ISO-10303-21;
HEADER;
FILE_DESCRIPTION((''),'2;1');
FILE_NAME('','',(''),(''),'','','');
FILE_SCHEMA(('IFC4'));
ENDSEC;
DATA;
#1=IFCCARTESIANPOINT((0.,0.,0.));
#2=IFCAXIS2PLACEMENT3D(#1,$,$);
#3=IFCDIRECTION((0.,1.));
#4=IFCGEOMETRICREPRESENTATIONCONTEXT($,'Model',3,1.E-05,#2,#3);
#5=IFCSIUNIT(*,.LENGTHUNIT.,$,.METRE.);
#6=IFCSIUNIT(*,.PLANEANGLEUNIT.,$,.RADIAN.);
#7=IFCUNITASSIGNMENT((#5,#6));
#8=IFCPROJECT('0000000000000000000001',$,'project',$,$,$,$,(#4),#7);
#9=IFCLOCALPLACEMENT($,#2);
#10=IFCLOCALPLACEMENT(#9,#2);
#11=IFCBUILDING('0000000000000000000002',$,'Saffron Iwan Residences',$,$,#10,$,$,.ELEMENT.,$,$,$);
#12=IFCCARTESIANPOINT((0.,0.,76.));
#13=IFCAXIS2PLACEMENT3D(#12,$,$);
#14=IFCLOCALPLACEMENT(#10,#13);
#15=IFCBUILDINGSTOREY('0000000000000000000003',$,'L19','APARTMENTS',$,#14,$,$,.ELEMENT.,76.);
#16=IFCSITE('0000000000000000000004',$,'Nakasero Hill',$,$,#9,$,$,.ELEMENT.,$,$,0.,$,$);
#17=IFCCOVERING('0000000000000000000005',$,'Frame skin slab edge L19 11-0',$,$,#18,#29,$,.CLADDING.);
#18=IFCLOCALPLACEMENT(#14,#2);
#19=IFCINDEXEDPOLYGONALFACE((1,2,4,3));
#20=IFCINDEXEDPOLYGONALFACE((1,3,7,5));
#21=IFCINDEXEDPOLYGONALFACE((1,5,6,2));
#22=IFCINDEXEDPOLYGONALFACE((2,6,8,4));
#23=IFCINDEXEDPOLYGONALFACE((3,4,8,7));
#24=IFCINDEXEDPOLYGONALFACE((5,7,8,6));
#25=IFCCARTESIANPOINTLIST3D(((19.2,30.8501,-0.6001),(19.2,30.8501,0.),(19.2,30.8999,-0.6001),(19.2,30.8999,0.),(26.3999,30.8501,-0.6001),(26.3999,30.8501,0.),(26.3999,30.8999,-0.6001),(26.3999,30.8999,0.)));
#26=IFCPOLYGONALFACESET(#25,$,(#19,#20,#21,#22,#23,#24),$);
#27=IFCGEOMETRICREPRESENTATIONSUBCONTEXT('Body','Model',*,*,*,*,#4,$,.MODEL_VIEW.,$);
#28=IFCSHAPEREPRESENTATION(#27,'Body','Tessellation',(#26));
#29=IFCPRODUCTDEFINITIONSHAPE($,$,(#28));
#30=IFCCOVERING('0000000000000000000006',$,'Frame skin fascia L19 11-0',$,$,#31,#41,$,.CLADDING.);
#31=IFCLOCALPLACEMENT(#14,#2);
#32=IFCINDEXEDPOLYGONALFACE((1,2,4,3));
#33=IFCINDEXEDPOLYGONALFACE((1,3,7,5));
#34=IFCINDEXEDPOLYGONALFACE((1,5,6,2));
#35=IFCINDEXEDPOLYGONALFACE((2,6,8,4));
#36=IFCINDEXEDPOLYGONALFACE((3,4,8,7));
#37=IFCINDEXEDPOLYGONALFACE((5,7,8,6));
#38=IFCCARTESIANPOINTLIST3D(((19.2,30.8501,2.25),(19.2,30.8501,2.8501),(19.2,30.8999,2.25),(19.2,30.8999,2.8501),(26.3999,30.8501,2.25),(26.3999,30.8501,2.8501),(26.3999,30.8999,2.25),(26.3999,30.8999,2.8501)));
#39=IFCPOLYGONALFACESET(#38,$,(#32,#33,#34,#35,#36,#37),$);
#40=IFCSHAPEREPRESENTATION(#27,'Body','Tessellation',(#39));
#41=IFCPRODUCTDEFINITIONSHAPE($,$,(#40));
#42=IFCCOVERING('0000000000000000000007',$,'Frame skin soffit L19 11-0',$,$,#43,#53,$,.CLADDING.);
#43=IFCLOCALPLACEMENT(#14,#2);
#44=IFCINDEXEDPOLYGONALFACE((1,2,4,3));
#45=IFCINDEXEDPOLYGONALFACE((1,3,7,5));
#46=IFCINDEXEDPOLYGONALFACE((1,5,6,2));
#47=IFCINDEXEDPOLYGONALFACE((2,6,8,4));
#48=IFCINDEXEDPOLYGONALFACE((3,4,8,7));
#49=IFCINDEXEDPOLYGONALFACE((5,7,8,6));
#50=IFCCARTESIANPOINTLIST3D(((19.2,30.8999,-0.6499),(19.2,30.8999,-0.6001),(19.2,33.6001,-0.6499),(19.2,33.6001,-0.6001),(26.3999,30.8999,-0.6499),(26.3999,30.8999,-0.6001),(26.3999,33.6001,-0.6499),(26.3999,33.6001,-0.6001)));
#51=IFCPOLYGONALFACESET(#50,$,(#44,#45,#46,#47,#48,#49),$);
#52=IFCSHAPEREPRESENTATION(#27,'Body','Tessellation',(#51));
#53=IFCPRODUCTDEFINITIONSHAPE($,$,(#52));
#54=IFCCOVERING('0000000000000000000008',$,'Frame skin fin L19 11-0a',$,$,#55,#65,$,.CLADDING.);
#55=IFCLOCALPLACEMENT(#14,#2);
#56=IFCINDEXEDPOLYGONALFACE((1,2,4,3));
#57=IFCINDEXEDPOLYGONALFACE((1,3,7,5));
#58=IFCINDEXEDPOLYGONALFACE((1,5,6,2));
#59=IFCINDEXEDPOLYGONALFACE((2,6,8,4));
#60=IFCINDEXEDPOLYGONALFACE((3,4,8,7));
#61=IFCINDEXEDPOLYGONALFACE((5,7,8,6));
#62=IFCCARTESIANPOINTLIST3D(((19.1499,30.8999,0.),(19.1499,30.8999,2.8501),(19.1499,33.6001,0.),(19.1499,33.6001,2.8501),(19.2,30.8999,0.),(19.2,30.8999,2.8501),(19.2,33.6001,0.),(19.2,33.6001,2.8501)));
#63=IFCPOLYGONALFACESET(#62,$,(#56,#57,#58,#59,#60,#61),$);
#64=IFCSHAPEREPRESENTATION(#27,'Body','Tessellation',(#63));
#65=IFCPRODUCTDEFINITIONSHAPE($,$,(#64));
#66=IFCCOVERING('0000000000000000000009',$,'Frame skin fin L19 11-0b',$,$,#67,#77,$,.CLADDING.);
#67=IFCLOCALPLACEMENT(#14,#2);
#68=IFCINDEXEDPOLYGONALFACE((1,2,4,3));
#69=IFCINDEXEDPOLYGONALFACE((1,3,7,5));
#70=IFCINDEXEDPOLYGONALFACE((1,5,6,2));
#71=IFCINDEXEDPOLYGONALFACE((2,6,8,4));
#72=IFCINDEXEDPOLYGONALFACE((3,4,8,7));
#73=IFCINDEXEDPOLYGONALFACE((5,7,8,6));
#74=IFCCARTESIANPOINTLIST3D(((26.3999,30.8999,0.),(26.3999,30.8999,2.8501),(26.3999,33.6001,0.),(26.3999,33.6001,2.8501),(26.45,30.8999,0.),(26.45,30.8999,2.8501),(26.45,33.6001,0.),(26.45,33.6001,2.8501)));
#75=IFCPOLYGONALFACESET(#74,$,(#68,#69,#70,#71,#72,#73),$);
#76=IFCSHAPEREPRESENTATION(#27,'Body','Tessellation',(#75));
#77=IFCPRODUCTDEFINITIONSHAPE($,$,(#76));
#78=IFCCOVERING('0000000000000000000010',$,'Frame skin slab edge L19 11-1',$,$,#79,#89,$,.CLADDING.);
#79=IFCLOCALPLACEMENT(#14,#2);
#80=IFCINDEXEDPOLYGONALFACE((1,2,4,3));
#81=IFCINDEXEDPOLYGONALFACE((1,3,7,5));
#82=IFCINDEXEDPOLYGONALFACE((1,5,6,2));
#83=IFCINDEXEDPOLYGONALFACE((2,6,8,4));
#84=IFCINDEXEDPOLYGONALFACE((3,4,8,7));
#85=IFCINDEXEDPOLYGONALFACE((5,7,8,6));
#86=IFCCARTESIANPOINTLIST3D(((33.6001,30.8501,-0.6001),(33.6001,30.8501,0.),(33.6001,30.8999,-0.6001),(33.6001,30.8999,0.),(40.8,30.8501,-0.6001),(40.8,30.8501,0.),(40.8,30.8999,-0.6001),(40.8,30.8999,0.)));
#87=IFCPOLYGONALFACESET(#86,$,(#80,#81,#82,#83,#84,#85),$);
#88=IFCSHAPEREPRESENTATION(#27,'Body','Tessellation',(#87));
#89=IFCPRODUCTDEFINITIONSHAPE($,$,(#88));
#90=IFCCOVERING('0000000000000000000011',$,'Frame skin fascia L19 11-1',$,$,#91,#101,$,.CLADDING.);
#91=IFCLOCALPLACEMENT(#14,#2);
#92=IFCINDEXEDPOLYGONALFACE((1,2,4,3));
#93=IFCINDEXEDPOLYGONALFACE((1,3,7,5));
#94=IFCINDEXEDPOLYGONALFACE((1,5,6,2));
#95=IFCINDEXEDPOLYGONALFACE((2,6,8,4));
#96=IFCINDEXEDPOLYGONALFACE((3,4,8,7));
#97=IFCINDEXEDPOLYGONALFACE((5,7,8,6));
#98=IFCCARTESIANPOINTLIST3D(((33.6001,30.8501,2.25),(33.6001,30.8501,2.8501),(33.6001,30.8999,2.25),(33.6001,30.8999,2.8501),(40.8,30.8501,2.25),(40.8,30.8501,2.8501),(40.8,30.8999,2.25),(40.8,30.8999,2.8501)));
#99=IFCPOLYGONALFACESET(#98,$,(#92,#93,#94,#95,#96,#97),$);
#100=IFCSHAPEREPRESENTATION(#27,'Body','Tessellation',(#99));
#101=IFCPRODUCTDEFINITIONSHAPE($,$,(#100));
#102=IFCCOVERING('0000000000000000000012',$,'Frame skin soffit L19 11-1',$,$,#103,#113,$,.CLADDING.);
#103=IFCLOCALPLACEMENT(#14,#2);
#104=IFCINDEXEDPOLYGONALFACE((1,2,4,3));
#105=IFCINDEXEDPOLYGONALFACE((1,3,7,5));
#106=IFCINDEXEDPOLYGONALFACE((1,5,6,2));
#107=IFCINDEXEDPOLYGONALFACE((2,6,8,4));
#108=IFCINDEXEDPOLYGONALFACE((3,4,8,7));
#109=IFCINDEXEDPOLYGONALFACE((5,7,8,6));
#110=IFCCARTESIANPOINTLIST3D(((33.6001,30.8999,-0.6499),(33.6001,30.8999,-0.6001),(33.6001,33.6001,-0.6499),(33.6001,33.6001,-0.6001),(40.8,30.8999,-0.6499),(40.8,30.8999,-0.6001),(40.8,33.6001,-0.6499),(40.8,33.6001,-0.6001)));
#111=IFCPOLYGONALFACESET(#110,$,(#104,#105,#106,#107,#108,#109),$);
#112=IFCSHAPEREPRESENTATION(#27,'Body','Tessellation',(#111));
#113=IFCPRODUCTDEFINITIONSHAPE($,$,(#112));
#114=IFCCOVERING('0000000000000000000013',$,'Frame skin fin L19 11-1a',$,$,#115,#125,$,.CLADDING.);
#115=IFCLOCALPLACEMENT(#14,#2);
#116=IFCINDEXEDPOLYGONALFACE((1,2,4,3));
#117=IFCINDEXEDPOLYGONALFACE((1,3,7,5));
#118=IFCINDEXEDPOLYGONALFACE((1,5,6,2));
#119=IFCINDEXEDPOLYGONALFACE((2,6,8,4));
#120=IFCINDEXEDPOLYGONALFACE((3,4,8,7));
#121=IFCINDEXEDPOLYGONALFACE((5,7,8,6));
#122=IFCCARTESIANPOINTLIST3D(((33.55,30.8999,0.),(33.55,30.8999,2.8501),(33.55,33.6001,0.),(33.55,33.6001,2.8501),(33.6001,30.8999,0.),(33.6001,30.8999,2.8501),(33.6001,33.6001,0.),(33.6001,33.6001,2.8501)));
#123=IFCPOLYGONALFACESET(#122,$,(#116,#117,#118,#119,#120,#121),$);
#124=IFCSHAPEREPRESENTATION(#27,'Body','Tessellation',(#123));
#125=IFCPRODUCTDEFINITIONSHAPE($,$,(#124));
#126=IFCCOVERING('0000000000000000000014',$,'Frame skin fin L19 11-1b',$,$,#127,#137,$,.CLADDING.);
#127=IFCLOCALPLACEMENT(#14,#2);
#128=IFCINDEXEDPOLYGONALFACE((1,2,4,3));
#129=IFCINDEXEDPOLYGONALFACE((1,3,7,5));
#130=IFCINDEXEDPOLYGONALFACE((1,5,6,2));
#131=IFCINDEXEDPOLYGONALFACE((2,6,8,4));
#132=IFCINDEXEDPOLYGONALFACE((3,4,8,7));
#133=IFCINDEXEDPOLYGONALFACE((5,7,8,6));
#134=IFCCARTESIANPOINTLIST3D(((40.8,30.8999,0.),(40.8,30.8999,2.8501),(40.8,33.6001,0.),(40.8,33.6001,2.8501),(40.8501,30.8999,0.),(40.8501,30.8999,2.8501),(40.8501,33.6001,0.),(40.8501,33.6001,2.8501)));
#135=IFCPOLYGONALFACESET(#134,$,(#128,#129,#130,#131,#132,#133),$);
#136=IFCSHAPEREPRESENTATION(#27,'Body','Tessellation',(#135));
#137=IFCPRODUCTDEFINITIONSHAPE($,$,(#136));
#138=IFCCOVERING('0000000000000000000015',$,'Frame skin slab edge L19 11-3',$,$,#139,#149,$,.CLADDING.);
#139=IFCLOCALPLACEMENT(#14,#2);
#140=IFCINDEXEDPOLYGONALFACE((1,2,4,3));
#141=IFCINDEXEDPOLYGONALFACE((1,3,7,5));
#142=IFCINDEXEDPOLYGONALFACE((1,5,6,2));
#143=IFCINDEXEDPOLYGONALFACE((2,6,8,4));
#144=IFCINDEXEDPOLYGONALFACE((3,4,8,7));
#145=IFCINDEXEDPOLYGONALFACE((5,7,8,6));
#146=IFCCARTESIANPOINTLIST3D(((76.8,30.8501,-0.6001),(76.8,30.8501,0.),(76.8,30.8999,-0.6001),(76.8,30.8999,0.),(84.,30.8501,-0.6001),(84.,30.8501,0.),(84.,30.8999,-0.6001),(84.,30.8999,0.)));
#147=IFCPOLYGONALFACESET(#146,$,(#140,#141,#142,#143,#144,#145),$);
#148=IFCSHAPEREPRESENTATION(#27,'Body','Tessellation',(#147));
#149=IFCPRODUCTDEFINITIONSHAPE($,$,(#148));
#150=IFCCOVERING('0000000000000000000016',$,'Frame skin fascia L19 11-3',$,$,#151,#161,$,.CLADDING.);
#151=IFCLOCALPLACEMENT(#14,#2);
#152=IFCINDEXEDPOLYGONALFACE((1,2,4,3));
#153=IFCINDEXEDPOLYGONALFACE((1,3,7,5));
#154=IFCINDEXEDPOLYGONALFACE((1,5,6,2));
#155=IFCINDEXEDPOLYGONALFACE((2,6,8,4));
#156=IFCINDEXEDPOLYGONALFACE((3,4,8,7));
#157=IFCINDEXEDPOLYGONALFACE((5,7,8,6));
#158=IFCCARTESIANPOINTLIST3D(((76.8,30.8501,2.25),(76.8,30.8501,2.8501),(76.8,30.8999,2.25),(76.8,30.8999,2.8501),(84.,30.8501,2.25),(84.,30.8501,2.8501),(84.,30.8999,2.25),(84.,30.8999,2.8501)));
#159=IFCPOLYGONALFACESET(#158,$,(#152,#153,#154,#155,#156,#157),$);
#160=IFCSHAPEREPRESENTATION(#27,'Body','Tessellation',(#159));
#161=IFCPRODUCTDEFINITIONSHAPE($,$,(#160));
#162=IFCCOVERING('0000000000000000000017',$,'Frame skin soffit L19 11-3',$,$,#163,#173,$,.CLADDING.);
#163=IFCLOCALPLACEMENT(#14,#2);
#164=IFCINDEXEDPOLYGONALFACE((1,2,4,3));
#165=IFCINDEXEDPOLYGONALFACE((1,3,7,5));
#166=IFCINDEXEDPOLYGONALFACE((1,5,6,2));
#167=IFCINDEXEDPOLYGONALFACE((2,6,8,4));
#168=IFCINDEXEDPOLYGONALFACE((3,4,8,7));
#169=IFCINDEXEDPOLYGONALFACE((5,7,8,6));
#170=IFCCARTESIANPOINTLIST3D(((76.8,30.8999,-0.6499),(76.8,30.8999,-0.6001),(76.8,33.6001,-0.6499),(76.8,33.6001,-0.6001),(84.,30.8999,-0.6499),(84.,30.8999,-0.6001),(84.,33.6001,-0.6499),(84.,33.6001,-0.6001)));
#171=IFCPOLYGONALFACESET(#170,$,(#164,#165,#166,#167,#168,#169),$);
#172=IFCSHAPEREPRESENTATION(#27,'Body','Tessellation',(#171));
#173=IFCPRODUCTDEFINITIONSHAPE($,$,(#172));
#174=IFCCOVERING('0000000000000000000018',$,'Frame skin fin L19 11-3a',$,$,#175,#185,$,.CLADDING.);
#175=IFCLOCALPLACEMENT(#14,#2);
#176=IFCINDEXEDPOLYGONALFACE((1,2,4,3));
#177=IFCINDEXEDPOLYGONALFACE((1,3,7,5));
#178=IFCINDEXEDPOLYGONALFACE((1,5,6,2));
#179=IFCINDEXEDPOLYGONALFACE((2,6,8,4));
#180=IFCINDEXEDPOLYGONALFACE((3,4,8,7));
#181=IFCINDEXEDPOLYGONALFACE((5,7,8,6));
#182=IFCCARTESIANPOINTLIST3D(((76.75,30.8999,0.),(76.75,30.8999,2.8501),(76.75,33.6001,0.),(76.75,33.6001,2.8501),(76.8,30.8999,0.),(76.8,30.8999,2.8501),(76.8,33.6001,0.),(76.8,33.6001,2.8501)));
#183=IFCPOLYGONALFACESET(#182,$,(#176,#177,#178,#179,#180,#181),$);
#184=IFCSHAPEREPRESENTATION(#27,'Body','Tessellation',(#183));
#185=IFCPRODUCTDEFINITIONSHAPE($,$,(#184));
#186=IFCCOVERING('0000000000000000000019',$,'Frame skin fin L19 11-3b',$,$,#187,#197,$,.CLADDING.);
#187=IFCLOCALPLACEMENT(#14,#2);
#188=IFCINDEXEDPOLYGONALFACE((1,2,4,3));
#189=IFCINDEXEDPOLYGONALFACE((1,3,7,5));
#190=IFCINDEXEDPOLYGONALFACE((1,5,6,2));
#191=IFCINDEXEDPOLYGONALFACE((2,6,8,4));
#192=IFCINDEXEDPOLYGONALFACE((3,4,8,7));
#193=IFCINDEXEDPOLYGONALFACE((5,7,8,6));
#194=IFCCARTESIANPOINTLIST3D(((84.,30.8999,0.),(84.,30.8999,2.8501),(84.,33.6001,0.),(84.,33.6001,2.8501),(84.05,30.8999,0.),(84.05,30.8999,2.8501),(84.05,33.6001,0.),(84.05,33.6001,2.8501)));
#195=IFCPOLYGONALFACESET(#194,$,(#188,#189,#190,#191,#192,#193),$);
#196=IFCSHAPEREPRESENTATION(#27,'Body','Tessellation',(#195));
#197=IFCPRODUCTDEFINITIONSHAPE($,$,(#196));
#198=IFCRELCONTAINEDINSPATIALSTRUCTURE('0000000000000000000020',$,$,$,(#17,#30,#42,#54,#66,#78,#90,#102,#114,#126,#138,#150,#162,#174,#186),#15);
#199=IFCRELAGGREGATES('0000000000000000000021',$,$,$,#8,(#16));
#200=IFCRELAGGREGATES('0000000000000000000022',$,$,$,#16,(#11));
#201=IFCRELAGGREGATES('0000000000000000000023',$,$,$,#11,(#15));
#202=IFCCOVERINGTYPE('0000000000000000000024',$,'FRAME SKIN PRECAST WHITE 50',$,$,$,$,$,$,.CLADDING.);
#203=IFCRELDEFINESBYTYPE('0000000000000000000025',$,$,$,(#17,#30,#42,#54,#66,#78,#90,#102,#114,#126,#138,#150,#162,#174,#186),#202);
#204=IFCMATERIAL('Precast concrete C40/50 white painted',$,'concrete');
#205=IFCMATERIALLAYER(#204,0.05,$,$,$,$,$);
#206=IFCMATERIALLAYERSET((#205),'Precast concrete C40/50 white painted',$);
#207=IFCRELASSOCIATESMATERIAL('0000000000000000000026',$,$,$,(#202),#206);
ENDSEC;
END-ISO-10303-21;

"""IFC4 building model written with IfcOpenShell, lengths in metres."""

from ifc_helpers import new_model, si_unit, direction, frame, origin, place, context, subcontext, project, spatial, polyline, outline, extrude, material, layer, layer_set, type_object, element, save


model = new_model("IFC4")

# Units and contexts
model_context = context("Model", 3, precision=1e-05, world=origin(), true_north=direction((0.0, 1.0)))
body_context = subcontext(model_context, "Body", "Model", "MODEL_VIEW")
ifc_project = project(units=[si_unit("LENGTHUNIT", "METRE"), si_unit("PLANEANGLEUNIT", "RADIAN")], contexts=[model_context])

# Site, building, storey
site_placement = place(None, origin())
site = spatial("IfcSite", under=ifc_project, at=site_placement, Name="Nakasero Hill", CompositionType="ELEMENT", RefElevation=0.0)
building_placement = place(site_placement, origin())
building = spatial("IfcBuilding", under=site, at=building_placement, Name="Saffron Iwan Residences", CompositionType="ELEMENT")
storey_placement = place(building_placement, frame((0.0, 0.0, 76.0)))
storey = spatial("IfcBuildingStorey", under=building, at=storey_placement, Name="L19", Description="APARTMENTS", CompositionType="ELEMENT", Elevation=76.0)

# Coverings
ifc_material_1 = material(Name="Precast concrete C40/50 white painted", Category="concrete")
ifc_layer_1 = layer(ifc_material_1, 0.05)
ifc_layer_set_1 = layer_set([ifc_layer_1], Name="Precast concrete C40/50 white painted")
covering_type = type_object("IfcCoveringType", Name="FRAME SKIN PRECAST WHITE 50", PredefinedType="CLADDING", material=ifc_layer_set_1)
for number, where, name in (
    (1, (0.0, 0.0, -0.6001), "Frame skin slab edge L19 11-0"),
    (2, (0.0, 0.0, 2.25), "Frame skin fascia L19 11-0"),
):
    element("IfcCovering", number, at=place(storey_placement, frame(where)), inside=storey, type_object=covering_type, Name=name, PredefinedType="CLADDING", context=body_context, shape_type="SweptSolid", body=[
        extrude(outline(polyline([(19.2, 30.8501), (26.3999, 30.8501), (26.3999, 30.8999), (19.2, 30.8999), (19.2, 30.8501)])), origin(), (0.0, 0.0, 1.0), 0.6001),
    ])
covering_1_placement = place(storey_placement, frame((0.0, 0.0, -0.6499)))
element("IfcCovering", 3, at=covering_1_placement, inside=storey, type_object=covering_type, Name="Frame skin soffit L19 11-0", PredefinedType="CLADDING", context=body_context, shape_type="SweptSolid", body=[
    extrude(outline(polyline([(19.2, 30.8999), (26.3999, 30.8999), (26.3999, 33.6001), (19.2, 33.6001), (19.2, 30.8999)])), origin(), (0.0, 0.0, 1.0), 0.0498),
])
covering_2_placement = place(storey_placement, origin())
element("IfcCovering", 4, at=covering_2_placement, inside=storey, type_object=covering_type, Name="Frame skin fin L19 11-0a", PredefinedType="CLADDING", context=body_context, shape_type="SweptSolid", body=[
    extrude(outline(polyline([(19.1499, 30.8999), (19.2, 30.8999), (19.2, 33.6001), (19.1499, 33.6001), (19.1499, 30.8999)])), origin(), (0.0, 0.0, 1.0), 2.8501),
])
covering_3_placement = place(storey_placement, origin())
element("IfcCovering", 5, at=covering_3_placement, inside=storey, type_object=covering_type, Name="Frame skin fin L19 11-0b", PredefinedType="CLADDING", context=body_context, shape_type="SweptSolid", body=[
    extrude(outline(polyline([(26.3999, 30.8999), (26.45, 30.8999), (26.45, 33.6001), (26.3999, 33.6001), (26.3999, 30.8999)])), origin(), (0.0, 0.0, 1.0), 2.8501),
])
for number, where, name in (
    (6, (0.0, 0.0, -0.6001), "Frame skin slab edge L19 11-1"),
    (7, (0.0, 0.0, 2.25), "Frame skin fascia L19 11-1"),
):
    element("IfcCovering", number, at=place(storey_placement, frame(where)), inside=storey, type_object=covering_type, Name=name, PredefinedType="CLADDING", context=body_context, shape_type="SweptSolid", body=[
        extrude(outline(polyline([(33.6001, 30.8501), (40.8, 30.8501), (40.8, 30.8999), (33.6001, 30.8999), (33.6001, 30.8501)])), origin(), (0.0, 0.0, 1.0), 0.6001),
    ])
covering_4_placement = place(storey_placement, frame((0.0, 0.0, -0.6499)))
element("IfcCovering", 8, at=covering_4_placement, inside=storey, type_object=covering_type, Name="Frame skin soffit L19 11-1", PredefinedType="CLADDING", context=body_context, shape_type="SweptSolid", body=[
    extrude(outline(polyline([(33.6001, 30.8999), (40.8, 30.8999), (40.8, 33.6001), (33.6001, 33.6001), (33.6001, 30.8999)])), origin(), (0.0, 0.0, 1.0), 0.0498),
])
covering_5_placement = place(storey_placement, origin())
element("IfcCovering", 9, at=covering_5_placement, inside=storey, type_object=covering_type, Name="Frame skin fin L19 11-1a", PredefinedType="CLADDING", context=body_context, shape_type="SweptSolid", body=[
    extrude(outline(polyline([(33.55, 30.8999), (33.6001, 30.8999), (33.6001, 33.6001), (33.55, 33.6001), (33.55, 30.8999)])), origin(), (0.0, 0.0, 1.0), 2.8501),
])
covering_6_placement = place(storey_placement, origin())
element("IfcCovering", 10, at=covering_6_placement, inside=storey, type_object=covering_type, Name="Frame skin fin L19 11-1b", PredefinedType="CLADDING", context=body_context, shape_type="SweptSolid", body=[
    extrude(outline(polyline([(40.8, 30.8999), (40.8501, 30.8999), (40.8501, 33.6001), (40.8, 33.6001), (40.8, 30.8999)])), origin(), (0.0, 0.0, 1.0), 2.8501),
])
for number, where, name in (
    (11, (0.0, 0.0, -0.6001), "Frame skin slab edge L19 11-3"),
    (12, (0.0, 0.0, 2.25), "Frame skin fascia L19 11-3"),
):
    element("IfcCovering", number, at=place(storey_placement, frame(where)), inside=storey, type_object=covering_type, Name=name, PredefinedType="CLADDING", context=body_context, shape_type="SweptSolid", body=[
        extrude(outline(polyline([(76.8, 30.8501), (84.0, 30.8501), (84.0, 30.8999), (76.8, 30.8999), (76.8, 30.8501)])), origin(), (0.0, 0.0, 1.0), 0.6001),
    ])
covering_7_placement = place(storey_placement, frame((0.0, 0.0, -0.6499)))
element("IfcCovering", 13, at=covering_7_placement, inside=storey, type_object=covering_type, Name="Frame skin soffit L19 11-3", PredefinedType="CLADDING", context=body_context, shape_type="SweptSolid", body=[
    extrude(outline(polyline([(76.8, 30.8999), (84.0, 30.8999), (84.0, 33.6001), (76.8, 33.6001), (76.8, 30.8999)])), origin(), (0.0, 0.0, 1.0), 0.0498),
])
covering_8_placement = place(storey_placement, origin())
element("IfcCovering", 14, at=covering_8_placement, inside=storey, type_object=covering_type, Name="Frame skin fin L19 11-3a", PredefinedType="CLADDING", context=body_context, shape_type="SweptSolid", body=[
    extrude(outline(polyline([(76.75, 30.8999), (76.8, 30.8999), (76.8, 33.6001), (76.75, 33.6001), (76.75, 30.8999)])), origin(), (0.0, 0.0, 1.0), 2.8501),
])
covering_9_placement = place(storey_placement, origin())
element("IfcCovering", 15, at=covering_9_placement, inside=storey, type_object=covering_type, Name="Frame skin fin L19 11-3b", PredefinedType="CLADDING", context=body_context, shape_type="SweptSolid", body=[
    extrude(outline(polyline([(84.0, 30.8999), (84.05, 30.8999), (84.05, 33.6001), (84.0, 33.6001), (84.0, 30.8999)])), origin(), (0.0, 0.0, 1.0), 2.8501),
])

save(model, "model.ifc")
